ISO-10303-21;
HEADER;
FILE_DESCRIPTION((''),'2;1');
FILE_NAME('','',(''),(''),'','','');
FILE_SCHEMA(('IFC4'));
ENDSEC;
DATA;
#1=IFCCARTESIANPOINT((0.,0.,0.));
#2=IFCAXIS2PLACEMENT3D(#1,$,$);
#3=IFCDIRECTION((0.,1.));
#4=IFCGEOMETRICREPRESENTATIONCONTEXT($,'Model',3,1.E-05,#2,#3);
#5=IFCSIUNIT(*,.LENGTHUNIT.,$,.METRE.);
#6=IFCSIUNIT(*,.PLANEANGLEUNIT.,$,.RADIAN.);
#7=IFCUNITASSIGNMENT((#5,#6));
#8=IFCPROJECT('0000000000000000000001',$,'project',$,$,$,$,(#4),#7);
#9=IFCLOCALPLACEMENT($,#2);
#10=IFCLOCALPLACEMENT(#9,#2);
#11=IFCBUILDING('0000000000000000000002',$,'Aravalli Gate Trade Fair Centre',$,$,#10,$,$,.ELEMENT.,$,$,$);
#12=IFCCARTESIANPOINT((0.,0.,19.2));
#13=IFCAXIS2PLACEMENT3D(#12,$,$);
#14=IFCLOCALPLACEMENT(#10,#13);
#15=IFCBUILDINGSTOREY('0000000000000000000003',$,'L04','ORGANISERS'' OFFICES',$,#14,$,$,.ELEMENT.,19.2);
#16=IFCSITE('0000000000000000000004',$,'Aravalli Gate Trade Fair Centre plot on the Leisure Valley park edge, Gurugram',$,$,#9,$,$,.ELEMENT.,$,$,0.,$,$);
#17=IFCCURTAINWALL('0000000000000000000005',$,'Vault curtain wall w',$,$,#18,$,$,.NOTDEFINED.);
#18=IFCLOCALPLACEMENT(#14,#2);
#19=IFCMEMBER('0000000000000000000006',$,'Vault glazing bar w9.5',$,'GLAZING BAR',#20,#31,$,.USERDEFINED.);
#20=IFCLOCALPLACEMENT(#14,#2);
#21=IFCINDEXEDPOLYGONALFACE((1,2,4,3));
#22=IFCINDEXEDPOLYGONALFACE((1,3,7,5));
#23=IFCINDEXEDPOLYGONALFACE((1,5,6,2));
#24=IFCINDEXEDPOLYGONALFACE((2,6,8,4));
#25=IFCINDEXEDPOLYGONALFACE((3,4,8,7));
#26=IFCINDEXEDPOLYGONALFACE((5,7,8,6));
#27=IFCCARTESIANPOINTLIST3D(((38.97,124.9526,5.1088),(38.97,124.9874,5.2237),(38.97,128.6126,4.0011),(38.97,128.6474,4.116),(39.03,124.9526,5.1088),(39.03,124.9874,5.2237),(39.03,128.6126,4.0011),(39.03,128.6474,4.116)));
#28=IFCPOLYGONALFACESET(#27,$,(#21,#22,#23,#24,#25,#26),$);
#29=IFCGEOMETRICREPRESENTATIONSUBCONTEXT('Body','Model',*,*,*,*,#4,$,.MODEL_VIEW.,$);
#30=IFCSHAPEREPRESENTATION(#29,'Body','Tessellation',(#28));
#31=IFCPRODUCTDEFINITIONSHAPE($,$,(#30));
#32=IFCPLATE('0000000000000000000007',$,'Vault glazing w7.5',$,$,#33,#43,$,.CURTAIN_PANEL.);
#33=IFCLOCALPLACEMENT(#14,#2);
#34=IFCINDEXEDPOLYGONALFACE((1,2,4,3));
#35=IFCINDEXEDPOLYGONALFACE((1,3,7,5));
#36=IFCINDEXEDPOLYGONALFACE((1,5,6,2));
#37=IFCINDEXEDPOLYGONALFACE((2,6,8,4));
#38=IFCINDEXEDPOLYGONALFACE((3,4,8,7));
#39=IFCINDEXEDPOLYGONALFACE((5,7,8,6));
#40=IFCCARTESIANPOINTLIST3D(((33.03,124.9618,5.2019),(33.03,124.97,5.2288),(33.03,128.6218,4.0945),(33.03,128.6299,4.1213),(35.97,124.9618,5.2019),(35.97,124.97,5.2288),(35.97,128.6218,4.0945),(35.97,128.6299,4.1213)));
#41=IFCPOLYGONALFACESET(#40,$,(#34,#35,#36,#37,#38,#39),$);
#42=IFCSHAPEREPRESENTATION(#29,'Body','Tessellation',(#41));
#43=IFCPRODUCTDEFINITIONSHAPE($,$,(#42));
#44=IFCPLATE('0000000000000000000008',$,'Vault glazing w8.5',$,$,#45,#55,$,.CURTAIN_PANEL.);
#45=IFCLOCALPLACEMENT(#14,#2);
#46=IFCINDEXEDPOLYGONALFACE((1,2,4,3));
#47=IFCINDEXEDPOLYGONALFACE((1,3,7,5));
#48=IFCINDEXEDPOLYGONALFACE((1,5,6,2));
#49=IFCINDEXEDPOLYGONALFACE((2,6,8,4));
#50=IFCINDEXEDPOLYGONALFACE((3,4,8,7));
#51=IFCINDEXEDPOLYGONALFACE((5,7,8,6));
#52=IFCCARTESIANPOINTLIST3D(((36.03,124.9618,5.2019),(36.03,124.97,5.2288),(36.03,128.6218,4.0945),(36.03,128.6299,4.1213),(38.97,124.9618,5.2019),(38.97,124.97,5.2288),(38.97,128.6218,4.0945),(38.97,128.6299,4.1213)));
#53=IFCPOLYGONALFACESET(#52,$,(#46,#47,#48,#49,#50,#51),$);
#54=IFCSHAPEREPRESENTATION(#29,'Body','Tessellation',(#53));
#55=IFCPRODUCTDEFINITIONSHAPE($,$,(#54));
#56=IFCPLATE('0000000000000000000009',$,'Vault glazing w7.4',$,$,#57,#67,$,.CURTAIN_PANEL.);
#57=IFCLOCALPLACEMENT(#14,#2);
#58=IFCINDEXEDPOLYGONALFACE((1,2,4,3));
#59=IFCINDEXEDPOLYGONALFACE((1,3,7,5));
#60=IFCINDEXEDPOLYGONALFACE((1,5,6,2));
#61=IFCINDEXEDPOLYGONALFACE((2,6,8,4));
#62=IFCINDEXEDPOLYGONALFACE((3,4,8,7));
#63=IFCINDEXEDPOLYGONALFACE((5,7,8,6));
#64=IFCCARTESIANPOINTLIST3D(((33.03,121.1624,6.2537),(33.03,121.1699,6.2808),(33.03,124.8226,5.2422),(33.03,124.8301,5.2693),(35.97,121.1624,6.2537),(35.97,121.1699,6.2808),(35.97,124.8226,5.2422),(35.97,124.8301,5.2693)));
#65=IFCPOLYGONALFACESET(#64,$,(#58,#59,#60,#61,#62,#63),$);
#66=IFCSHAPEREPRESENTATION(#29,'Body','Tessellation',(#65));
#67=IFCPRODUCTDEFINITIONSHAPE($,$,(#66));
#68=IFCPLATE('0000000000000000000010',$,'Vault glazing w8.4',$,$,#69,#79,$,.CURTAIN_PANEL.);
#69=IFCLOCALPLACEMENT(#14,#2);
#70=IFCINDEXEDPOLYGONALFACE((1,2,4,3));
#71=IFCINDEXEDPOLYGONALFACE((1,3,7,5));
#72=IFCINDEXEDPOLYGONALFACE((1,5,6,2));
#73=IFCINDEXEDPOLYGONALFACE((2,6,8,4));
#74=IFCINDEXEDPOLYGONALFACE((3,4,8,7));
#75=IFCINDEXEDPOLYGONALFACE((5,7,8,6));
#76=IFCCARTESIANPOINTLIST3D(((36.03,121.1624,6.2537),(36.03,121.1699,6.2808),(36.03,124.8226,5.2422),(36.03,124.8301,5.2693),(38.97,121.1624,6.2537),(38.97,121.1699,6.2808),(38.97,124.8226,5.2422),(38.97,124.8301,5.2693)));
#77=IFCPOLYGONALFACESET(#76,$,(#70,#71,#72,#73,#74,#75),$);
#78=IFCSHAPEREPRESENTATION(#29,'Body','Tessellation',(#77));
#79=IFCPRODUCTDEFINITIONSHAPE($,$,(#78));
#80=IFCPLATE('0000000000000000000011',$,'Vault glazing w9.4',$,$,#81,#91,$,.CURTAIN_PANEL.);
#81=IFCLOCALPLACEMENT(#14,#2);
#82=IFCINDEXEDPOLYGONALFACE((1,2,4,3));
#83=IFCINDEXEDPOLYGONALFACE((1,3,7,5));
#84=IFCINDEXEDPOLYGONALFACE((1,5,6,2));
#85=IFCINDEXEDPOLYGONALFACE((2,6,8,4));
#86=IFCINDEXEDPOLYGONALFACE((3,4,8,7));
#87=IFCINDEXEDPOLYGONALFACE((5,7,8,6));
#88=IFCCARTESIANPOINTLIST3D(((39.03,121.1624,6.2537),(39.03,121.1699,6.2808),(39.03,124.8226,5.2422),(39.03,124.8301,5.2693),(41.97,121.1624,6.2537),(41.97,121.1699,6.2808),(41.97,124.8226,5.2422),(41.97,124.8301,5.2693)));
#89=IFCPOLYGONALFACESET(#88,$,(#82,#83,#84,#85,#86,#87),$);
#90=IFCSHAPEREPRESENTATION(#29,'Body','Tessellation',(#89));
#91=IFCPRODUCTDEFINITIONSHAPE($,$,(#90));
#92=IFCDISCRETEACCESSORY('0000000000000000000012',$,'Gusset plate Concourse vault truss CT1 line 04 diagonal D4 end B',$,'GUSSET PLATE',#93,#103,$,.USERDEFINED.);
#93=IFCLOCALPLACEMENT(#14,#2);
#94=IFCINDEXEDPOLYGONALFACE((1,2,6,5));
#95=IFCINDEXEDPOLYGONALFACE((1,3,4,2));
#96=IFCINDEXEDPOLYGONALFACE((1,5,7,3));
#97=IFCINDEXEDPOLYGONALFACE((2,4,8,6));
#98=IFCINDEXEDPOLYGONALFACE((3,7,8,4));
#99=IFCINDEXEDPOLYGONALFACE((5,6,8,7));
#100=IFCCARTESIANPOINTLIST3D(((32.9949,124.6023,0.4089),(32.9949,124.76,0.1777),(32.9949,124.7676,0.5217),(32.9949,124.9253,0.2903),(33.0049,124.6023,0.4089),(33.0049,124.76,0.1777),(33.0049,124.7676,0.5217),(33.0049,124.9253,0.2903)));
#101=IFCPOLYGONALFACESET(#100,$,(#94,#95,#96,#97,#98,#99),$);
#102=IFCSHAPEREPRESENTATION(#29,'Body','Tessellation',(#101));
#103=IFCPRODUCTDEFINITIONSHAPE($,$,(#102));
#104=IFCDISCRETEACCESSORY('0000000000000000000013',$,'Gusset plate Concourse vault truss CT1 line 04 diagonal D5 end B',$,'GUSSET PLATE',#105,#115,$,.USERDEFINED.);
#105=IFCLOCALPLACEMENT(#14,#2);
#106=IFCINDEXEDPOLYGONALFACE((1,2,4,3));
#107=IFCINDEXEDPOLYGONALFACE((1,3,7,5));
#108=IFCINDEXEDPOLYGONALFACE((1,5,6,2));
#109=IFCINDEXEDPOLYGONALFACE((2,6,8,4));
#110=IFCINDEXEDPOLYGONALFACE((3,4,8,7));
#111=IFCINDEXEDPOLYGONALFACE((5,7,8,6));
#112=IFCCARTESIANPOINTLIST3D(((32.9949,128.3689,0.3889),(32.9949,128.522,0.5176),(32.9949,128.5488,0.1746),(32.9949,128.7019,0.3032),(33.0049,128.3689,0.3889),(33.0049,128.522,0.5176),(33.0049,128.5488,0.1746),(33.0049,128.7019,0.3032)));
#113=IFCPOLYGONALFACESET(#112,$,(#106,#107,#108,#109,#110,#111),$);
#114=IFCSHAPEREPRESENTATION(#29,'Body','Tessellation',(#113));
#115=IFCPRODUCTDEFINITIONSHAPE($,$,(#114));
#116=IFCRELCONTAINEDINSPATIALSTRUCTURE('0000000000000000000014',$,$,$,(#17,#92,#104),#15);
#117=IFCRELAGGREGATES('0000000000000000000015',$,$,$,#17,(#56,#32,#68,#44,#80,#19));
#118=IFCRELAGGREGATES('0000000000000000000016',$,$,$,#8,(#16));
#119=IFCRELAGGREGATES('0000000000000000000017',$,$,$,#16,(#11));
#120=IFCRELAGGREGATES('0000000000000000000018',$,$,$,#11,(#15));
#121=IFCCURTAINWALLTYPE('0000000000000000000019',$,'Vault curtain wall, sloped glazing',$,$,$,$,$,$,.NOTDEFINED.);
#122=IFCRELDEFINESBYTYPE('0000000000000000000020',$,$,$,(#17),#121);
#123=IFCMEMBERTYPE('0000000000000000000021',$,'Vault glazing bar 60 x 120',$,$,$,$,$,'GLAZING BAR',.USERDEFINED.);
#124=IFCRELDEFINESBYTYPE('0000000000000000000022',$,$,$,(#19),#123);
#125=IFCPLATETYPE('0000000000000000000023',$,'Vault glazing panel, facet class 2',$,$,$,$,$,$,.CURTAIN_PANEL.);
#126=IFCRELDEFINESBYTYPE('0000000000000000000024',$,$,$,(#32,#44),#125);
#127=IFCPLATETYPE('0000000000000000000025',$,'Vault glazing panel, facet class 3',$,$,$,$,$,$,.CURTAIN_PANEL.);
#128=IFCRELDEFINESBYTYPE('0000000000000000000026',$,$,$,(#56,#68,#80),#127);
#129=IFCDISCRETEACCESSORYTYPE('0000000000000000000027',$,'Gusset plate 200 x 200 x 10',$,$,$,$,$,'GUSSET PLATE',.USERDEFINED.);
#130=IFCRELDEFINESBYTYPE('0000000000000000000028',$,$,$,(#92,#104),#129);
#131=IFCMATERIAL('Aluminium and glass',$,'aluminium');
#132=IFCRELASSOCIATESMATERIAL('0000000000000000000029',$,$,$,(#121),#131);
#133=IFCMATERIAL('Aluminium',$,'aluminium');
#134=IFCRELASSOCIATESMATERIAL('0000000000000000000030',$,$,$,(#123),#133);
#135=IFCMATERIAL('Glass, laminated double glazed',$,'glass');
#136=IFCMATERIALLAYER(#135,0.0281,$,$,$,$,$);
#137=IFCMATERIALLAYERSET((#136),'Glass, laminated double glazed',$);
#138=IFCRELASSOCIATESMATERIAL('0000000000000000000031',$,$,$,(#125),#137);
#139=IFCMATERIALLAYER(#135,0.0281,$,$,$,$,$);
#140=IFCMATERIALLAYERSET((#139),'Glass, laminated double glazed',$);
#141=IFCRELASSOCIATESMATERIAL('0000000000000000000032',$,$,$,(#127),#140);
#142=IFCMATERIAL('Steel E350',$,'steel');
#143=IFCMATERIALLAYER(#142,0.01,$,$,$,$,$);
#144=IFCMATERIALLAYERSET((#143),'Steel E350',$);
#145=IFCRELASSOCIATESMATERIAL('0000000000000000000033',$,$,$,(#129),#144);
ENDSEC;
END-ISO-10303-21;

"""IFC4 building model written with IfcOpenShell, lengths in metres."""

from ifc_helpers import new_model, si_unit, direction, frame, origin, origin_2d, place, context, subcontext, project, spatial, polyline, rectangle, outline, extrude, material, layer, layer_set, material_profile, profile_set, type_object, element, aggregate, save


model = new_model("IFC4")

# Units and contexts
model_context = context("Model", 3, precision=1e-05, world=origin(), true_north=direction((0.0, 1.0)))
body_context = subcontext(model_context, "Body", "Model", "MODEL_VIEW")
ifc_project = project(units=[si_unit("LENGTHUNIT", "METRE"), si_unit("PLANEANGLEUNIT", "RADIAN")], contexts=[model_context])

# Site, building, storey
site_placement = place(None, origin())
site = spatial("IfcSite", under=ifc_project, at=site_placement, Name="Aravalli Gate Trade Fair Centre plot on the Leisure Valley park edge, Gurugram", CompositionType="ELEMENT", RefElevation=0.0)
building_placement = place(site_placement, origin())
building = spatial("IfcBuilding", under=site, at=building_placement, Name="Aravalli Gate Trade Fair Centre", CompositionType="ELEMENT")
storey_placement = place(building_placement, frame((0.0, 0.0, 19.2)))
storey = spatial("IfcBuildingStorey", under=building, at=storey_placement, Name="L04", Description="ORGANISERS' OFFICES", CompositionType="ELEMENT", Elevation=19.2)

# Shared definitions
ifc_material_1 = material(Name="Steel E350", Category="steel")
ifc_material_2 = material(Name="Aluminium", Category="aluminium")

# Curtain wall, member, plates
ifc_material_3 = material(Name="Aluminium and glass", Category="aluminium")
curtain_wall_type = type_object("IfcCurtainWallType", Name="Vault curtain wall, sloped glazing", PredefinedType="NOTDEFINED", material=ifc_material_3)
curtain_wall_placement = place(storey_placement, origin())
curtain_wall = element("IfcCurtainWall", 1, at=curtain_wall_placement, inside=storey, type_object=curtain_wall_type, Name="Vault curtain wall w", PredefinedType="NOTDEFINED")
ifc_material_profile_1 = material_profile(ifc_material_2, rectangle(XDim=0.0601, YDim=0.1201, at=origin_2d()), Name="Vault glazing bar 60 x 120")
ifc_profile_set_1 = profile_set([ifc_material_profile_1], Name="Aluminium")
member_type_1 = type_object("IfcMemberType", Name="Vault glazing bar 60 x 120", ElementType="GLAZING BAR", PredefinedType="USERDEFINED", material=ifc_profile_set_1)
member_1_placement = place(storey_placement, frame((39.0, 124.97, 5.1663), z_axis=(0.0, 0.957126, -0.289672), x_axis=(-1.0, 0.0, 0.0)))
member_1 = element("IfcMember", 2, at=member_1_placement, type_object=member_type_1, Name="Vault glazing bar w9.5", ObjectType="GLAZING BAR", PredefinedType="USERDEFINED", context=body_context, shape_type="SweptSolid", body=[
    extrude(rectangle(XDim=0.0601, YDim=0.1201, at=origin_2d()), origin(), (0.0, 0.0, 1.0), 3.824),
])
ifc_material_4 = material(Name="Glass, laminated double glazed", Category="glass")
ifc_layer_1 = layer(ifc_material_4, 0.0281)
ifc_layer_set_1 = layer_set([ifc_layer_1], Name="Glass, laminated double glazed")
plate_type_1 = type_object("IfcPlateType", Name="Vault glazing panel, facet class 2", PredefinedType="CURTAIN_PANEL", material=ifc_layer_set_1)
plate_1_placement = place(storey_placement, frame((33.03, 124.97, 5.2288), z_axis=(0.0, 0.289614, 0.957144), x_axis=(1.0, 0.0, 0.0)))
plate_1 = element("IfcPlate", 3, at=plate_1_placement, type_object=plate_type_1, Name="Vault glazing w7.5", PredefinedType="CURTAIN_PANEL", context=body_context, shape_type="SweptSolid", body=[
    extrude(outline(polyline([(0.0, 0.0), (2.9399, 0.0), (2.9399, 3.8238), (0.0, 3.8238), (0.0, 0.0)])), origin(), (0.0, 0.0, -1.0), 0.0281),
])
plate_2_placement = place(storey_placement, frame((36.03, 124.97, 5.2288), z_axis=(0.0, 0.289614, 0.957144), x_axis=(1.0, 0.0, 0.0)))
plate_2 = element("IfcPlate", 4, at=plate_2_placement, type_object=plate_type_1, Name="Vault glazing w8.5", PredefinedType="CURTAIN_PANEL", context=body_context, shape_type="SweptSolid", body=[
    extrude(outline(polyline([(0.0, 0.0), (2.9399, 0.0), (2.9399, 3.8238), (0.0, 3.8238), (0.0, 0.0)])), origin(), (0.0, 0.0, -1.0), 0.0281),
])
ifc_layer_2 = layer(ifc_material_4, 0.0281)
ifc_layer_set_2 = layer_set([ifc_layer_2], Name="Glass, laminated double glazed")
plate_type_2 = type_object("IfcPlateType", Name="Vault glazing panel, facet class 3", PredefinedType="CURTAIN_PANEL", material=ifc_layer_set_2)
plate_3_placement = place(storey_placement, frame((33.03, 121.1699, 6.2808), z_axis=(0.0, 0.266364, 0.963873), x_axis=(1.0, 0.0, 0.0)))
plate_3 = element("IfcPlate", 5, at=plate_3_placement, type_object=plate_type_2, Name="Vault glazing w7.4", PredefinedType="CURTAIN_PANEL", context=body_context, shape_type="SweptSolid", body=[
    extrude(outline(polyline([(0.0, 0.0), (2.9399, 0.0), (2.9399, 3.7973), (0.0, 3.7973), (0.0, 0.0)])), origin(), (0.0, 0.0, -1.0), 0.0281),
])
plate_4_placement = place(storey_placement, frame((36.03, 121.1699, 6.2808), z_axis=(0.0, 0.266364, 0.963873), x_axis=(1.0, 0.0, 0.0)))
plate_4 = element("IfcPlate", 6, at=plate_4_placement, type_object=plate_type_2, Name="Vault glazing w8.4", PredefinedType="CURTAIN_PANEL", context=body_context, shape_type="SweptSolid", body=[
    extrude(outline(polyline([(0.0, 0.0), (2.9399, 0.0), (2.9399, 3.7973), (0.0, 3.7973), (0.0, 0.0)])), origin(), (0.0, 0.0, -1.0), 0.0281),
])
plate_5_placement = place(storey_placement, frame((39.03, 121.1699, 6.2808), z_axis=(0.0, 0.266364, 0.963873), x_axis=(1.0, 0.0, 0.0)))
plate_5 = element("IfcPlate", 7, at=plate_5_placement, type_object=plate_type_2, Name="Vault glazing w9.4", PredefinedType="CURTAIN_PANEL", context=body_context, shape_type="SweptSolid", body=[
    extrude(outline(polyline([(0.0, 0.0), (2.9399, 0.0), (2.9399, 3.7973), (0.0, 3.7973), (0.0, 0.0)])), origin(), (0.0, 0.0, -1.0), 0.0281),
])
aggregate(curtain_wall, [plate_3, plate_1, plate_4, plate_2, plate_5, member_1])

# Discrete accessories
ifc_layer_3 = layer(ifc_material_1, 0.01)
ifc_layer_set_3 = layer_set([ifc_layer_3], Name="Steel E350")
discrete_accessory_type = type_object("IfcDiscreteAccessoryType", Name="Gusset plate 200 x 200 x 10", ElementType="GUSSET PLATE", PredefinedType="USERDEFINED", material=ifc_layer_set_3)
discrete_accessory_1_placement = place(storey_placement, frame((33.0049, 124.6023, 0.4089), z_axis=(1.0, 0.0, 0.0), x_axis=(0.0, 0.563526, -0.826098)))
element("IfcDiscreteAccessory", 8, at=discrete_accessory_1_placement, inside=storey, type_object=discrete_accessory_type, Name="Gusset plate Concourse vault truss CT1 line 04 diagonal D4 end B", ObjectType="GUSSET PLATE", PredefinedType="USERDEFINED", context=body_context, shape_type="SweptSolid", body=[
    extrude(outline(polyline([(0.0, 0.0), (0.2799, 0.0), (0.28, 0.2), (0.0, 0.2001), (0.0, 0.0)])), origin(), (0.0, 0.0, -1.0), 0.01),
])
discrete_accessory_2_placement = place(storey_placement, frame((33.0049, 128.3689, 0.3889), z_axis=(1.0, 0.0, 0.0), x_axis=(0.0, 0.642926, -0.765928)))
element("IfcDiscreteAccessory", 9, at=discrete_accessory_2_placement, inside=storey, type_object=discrete_accessory_type, Name="Gusset plate Concourse vault truss CT1 line 04 diagonal D5 end B", ObjectType="GUSSET PLATE", PredefinedType="USERDEFINED", context=body_context, shape_type="SweptSolid", body=[
    extrude(outline(polyline([(0.0, 0.0), (0.2799, 0.0), (0.2797, 0.2), (-0.0001, 0.2), (0.0, 0.0)])), origin(), (0.0, 0.0, -1.0), 0.01),
])

save(model, "model.ifc")
